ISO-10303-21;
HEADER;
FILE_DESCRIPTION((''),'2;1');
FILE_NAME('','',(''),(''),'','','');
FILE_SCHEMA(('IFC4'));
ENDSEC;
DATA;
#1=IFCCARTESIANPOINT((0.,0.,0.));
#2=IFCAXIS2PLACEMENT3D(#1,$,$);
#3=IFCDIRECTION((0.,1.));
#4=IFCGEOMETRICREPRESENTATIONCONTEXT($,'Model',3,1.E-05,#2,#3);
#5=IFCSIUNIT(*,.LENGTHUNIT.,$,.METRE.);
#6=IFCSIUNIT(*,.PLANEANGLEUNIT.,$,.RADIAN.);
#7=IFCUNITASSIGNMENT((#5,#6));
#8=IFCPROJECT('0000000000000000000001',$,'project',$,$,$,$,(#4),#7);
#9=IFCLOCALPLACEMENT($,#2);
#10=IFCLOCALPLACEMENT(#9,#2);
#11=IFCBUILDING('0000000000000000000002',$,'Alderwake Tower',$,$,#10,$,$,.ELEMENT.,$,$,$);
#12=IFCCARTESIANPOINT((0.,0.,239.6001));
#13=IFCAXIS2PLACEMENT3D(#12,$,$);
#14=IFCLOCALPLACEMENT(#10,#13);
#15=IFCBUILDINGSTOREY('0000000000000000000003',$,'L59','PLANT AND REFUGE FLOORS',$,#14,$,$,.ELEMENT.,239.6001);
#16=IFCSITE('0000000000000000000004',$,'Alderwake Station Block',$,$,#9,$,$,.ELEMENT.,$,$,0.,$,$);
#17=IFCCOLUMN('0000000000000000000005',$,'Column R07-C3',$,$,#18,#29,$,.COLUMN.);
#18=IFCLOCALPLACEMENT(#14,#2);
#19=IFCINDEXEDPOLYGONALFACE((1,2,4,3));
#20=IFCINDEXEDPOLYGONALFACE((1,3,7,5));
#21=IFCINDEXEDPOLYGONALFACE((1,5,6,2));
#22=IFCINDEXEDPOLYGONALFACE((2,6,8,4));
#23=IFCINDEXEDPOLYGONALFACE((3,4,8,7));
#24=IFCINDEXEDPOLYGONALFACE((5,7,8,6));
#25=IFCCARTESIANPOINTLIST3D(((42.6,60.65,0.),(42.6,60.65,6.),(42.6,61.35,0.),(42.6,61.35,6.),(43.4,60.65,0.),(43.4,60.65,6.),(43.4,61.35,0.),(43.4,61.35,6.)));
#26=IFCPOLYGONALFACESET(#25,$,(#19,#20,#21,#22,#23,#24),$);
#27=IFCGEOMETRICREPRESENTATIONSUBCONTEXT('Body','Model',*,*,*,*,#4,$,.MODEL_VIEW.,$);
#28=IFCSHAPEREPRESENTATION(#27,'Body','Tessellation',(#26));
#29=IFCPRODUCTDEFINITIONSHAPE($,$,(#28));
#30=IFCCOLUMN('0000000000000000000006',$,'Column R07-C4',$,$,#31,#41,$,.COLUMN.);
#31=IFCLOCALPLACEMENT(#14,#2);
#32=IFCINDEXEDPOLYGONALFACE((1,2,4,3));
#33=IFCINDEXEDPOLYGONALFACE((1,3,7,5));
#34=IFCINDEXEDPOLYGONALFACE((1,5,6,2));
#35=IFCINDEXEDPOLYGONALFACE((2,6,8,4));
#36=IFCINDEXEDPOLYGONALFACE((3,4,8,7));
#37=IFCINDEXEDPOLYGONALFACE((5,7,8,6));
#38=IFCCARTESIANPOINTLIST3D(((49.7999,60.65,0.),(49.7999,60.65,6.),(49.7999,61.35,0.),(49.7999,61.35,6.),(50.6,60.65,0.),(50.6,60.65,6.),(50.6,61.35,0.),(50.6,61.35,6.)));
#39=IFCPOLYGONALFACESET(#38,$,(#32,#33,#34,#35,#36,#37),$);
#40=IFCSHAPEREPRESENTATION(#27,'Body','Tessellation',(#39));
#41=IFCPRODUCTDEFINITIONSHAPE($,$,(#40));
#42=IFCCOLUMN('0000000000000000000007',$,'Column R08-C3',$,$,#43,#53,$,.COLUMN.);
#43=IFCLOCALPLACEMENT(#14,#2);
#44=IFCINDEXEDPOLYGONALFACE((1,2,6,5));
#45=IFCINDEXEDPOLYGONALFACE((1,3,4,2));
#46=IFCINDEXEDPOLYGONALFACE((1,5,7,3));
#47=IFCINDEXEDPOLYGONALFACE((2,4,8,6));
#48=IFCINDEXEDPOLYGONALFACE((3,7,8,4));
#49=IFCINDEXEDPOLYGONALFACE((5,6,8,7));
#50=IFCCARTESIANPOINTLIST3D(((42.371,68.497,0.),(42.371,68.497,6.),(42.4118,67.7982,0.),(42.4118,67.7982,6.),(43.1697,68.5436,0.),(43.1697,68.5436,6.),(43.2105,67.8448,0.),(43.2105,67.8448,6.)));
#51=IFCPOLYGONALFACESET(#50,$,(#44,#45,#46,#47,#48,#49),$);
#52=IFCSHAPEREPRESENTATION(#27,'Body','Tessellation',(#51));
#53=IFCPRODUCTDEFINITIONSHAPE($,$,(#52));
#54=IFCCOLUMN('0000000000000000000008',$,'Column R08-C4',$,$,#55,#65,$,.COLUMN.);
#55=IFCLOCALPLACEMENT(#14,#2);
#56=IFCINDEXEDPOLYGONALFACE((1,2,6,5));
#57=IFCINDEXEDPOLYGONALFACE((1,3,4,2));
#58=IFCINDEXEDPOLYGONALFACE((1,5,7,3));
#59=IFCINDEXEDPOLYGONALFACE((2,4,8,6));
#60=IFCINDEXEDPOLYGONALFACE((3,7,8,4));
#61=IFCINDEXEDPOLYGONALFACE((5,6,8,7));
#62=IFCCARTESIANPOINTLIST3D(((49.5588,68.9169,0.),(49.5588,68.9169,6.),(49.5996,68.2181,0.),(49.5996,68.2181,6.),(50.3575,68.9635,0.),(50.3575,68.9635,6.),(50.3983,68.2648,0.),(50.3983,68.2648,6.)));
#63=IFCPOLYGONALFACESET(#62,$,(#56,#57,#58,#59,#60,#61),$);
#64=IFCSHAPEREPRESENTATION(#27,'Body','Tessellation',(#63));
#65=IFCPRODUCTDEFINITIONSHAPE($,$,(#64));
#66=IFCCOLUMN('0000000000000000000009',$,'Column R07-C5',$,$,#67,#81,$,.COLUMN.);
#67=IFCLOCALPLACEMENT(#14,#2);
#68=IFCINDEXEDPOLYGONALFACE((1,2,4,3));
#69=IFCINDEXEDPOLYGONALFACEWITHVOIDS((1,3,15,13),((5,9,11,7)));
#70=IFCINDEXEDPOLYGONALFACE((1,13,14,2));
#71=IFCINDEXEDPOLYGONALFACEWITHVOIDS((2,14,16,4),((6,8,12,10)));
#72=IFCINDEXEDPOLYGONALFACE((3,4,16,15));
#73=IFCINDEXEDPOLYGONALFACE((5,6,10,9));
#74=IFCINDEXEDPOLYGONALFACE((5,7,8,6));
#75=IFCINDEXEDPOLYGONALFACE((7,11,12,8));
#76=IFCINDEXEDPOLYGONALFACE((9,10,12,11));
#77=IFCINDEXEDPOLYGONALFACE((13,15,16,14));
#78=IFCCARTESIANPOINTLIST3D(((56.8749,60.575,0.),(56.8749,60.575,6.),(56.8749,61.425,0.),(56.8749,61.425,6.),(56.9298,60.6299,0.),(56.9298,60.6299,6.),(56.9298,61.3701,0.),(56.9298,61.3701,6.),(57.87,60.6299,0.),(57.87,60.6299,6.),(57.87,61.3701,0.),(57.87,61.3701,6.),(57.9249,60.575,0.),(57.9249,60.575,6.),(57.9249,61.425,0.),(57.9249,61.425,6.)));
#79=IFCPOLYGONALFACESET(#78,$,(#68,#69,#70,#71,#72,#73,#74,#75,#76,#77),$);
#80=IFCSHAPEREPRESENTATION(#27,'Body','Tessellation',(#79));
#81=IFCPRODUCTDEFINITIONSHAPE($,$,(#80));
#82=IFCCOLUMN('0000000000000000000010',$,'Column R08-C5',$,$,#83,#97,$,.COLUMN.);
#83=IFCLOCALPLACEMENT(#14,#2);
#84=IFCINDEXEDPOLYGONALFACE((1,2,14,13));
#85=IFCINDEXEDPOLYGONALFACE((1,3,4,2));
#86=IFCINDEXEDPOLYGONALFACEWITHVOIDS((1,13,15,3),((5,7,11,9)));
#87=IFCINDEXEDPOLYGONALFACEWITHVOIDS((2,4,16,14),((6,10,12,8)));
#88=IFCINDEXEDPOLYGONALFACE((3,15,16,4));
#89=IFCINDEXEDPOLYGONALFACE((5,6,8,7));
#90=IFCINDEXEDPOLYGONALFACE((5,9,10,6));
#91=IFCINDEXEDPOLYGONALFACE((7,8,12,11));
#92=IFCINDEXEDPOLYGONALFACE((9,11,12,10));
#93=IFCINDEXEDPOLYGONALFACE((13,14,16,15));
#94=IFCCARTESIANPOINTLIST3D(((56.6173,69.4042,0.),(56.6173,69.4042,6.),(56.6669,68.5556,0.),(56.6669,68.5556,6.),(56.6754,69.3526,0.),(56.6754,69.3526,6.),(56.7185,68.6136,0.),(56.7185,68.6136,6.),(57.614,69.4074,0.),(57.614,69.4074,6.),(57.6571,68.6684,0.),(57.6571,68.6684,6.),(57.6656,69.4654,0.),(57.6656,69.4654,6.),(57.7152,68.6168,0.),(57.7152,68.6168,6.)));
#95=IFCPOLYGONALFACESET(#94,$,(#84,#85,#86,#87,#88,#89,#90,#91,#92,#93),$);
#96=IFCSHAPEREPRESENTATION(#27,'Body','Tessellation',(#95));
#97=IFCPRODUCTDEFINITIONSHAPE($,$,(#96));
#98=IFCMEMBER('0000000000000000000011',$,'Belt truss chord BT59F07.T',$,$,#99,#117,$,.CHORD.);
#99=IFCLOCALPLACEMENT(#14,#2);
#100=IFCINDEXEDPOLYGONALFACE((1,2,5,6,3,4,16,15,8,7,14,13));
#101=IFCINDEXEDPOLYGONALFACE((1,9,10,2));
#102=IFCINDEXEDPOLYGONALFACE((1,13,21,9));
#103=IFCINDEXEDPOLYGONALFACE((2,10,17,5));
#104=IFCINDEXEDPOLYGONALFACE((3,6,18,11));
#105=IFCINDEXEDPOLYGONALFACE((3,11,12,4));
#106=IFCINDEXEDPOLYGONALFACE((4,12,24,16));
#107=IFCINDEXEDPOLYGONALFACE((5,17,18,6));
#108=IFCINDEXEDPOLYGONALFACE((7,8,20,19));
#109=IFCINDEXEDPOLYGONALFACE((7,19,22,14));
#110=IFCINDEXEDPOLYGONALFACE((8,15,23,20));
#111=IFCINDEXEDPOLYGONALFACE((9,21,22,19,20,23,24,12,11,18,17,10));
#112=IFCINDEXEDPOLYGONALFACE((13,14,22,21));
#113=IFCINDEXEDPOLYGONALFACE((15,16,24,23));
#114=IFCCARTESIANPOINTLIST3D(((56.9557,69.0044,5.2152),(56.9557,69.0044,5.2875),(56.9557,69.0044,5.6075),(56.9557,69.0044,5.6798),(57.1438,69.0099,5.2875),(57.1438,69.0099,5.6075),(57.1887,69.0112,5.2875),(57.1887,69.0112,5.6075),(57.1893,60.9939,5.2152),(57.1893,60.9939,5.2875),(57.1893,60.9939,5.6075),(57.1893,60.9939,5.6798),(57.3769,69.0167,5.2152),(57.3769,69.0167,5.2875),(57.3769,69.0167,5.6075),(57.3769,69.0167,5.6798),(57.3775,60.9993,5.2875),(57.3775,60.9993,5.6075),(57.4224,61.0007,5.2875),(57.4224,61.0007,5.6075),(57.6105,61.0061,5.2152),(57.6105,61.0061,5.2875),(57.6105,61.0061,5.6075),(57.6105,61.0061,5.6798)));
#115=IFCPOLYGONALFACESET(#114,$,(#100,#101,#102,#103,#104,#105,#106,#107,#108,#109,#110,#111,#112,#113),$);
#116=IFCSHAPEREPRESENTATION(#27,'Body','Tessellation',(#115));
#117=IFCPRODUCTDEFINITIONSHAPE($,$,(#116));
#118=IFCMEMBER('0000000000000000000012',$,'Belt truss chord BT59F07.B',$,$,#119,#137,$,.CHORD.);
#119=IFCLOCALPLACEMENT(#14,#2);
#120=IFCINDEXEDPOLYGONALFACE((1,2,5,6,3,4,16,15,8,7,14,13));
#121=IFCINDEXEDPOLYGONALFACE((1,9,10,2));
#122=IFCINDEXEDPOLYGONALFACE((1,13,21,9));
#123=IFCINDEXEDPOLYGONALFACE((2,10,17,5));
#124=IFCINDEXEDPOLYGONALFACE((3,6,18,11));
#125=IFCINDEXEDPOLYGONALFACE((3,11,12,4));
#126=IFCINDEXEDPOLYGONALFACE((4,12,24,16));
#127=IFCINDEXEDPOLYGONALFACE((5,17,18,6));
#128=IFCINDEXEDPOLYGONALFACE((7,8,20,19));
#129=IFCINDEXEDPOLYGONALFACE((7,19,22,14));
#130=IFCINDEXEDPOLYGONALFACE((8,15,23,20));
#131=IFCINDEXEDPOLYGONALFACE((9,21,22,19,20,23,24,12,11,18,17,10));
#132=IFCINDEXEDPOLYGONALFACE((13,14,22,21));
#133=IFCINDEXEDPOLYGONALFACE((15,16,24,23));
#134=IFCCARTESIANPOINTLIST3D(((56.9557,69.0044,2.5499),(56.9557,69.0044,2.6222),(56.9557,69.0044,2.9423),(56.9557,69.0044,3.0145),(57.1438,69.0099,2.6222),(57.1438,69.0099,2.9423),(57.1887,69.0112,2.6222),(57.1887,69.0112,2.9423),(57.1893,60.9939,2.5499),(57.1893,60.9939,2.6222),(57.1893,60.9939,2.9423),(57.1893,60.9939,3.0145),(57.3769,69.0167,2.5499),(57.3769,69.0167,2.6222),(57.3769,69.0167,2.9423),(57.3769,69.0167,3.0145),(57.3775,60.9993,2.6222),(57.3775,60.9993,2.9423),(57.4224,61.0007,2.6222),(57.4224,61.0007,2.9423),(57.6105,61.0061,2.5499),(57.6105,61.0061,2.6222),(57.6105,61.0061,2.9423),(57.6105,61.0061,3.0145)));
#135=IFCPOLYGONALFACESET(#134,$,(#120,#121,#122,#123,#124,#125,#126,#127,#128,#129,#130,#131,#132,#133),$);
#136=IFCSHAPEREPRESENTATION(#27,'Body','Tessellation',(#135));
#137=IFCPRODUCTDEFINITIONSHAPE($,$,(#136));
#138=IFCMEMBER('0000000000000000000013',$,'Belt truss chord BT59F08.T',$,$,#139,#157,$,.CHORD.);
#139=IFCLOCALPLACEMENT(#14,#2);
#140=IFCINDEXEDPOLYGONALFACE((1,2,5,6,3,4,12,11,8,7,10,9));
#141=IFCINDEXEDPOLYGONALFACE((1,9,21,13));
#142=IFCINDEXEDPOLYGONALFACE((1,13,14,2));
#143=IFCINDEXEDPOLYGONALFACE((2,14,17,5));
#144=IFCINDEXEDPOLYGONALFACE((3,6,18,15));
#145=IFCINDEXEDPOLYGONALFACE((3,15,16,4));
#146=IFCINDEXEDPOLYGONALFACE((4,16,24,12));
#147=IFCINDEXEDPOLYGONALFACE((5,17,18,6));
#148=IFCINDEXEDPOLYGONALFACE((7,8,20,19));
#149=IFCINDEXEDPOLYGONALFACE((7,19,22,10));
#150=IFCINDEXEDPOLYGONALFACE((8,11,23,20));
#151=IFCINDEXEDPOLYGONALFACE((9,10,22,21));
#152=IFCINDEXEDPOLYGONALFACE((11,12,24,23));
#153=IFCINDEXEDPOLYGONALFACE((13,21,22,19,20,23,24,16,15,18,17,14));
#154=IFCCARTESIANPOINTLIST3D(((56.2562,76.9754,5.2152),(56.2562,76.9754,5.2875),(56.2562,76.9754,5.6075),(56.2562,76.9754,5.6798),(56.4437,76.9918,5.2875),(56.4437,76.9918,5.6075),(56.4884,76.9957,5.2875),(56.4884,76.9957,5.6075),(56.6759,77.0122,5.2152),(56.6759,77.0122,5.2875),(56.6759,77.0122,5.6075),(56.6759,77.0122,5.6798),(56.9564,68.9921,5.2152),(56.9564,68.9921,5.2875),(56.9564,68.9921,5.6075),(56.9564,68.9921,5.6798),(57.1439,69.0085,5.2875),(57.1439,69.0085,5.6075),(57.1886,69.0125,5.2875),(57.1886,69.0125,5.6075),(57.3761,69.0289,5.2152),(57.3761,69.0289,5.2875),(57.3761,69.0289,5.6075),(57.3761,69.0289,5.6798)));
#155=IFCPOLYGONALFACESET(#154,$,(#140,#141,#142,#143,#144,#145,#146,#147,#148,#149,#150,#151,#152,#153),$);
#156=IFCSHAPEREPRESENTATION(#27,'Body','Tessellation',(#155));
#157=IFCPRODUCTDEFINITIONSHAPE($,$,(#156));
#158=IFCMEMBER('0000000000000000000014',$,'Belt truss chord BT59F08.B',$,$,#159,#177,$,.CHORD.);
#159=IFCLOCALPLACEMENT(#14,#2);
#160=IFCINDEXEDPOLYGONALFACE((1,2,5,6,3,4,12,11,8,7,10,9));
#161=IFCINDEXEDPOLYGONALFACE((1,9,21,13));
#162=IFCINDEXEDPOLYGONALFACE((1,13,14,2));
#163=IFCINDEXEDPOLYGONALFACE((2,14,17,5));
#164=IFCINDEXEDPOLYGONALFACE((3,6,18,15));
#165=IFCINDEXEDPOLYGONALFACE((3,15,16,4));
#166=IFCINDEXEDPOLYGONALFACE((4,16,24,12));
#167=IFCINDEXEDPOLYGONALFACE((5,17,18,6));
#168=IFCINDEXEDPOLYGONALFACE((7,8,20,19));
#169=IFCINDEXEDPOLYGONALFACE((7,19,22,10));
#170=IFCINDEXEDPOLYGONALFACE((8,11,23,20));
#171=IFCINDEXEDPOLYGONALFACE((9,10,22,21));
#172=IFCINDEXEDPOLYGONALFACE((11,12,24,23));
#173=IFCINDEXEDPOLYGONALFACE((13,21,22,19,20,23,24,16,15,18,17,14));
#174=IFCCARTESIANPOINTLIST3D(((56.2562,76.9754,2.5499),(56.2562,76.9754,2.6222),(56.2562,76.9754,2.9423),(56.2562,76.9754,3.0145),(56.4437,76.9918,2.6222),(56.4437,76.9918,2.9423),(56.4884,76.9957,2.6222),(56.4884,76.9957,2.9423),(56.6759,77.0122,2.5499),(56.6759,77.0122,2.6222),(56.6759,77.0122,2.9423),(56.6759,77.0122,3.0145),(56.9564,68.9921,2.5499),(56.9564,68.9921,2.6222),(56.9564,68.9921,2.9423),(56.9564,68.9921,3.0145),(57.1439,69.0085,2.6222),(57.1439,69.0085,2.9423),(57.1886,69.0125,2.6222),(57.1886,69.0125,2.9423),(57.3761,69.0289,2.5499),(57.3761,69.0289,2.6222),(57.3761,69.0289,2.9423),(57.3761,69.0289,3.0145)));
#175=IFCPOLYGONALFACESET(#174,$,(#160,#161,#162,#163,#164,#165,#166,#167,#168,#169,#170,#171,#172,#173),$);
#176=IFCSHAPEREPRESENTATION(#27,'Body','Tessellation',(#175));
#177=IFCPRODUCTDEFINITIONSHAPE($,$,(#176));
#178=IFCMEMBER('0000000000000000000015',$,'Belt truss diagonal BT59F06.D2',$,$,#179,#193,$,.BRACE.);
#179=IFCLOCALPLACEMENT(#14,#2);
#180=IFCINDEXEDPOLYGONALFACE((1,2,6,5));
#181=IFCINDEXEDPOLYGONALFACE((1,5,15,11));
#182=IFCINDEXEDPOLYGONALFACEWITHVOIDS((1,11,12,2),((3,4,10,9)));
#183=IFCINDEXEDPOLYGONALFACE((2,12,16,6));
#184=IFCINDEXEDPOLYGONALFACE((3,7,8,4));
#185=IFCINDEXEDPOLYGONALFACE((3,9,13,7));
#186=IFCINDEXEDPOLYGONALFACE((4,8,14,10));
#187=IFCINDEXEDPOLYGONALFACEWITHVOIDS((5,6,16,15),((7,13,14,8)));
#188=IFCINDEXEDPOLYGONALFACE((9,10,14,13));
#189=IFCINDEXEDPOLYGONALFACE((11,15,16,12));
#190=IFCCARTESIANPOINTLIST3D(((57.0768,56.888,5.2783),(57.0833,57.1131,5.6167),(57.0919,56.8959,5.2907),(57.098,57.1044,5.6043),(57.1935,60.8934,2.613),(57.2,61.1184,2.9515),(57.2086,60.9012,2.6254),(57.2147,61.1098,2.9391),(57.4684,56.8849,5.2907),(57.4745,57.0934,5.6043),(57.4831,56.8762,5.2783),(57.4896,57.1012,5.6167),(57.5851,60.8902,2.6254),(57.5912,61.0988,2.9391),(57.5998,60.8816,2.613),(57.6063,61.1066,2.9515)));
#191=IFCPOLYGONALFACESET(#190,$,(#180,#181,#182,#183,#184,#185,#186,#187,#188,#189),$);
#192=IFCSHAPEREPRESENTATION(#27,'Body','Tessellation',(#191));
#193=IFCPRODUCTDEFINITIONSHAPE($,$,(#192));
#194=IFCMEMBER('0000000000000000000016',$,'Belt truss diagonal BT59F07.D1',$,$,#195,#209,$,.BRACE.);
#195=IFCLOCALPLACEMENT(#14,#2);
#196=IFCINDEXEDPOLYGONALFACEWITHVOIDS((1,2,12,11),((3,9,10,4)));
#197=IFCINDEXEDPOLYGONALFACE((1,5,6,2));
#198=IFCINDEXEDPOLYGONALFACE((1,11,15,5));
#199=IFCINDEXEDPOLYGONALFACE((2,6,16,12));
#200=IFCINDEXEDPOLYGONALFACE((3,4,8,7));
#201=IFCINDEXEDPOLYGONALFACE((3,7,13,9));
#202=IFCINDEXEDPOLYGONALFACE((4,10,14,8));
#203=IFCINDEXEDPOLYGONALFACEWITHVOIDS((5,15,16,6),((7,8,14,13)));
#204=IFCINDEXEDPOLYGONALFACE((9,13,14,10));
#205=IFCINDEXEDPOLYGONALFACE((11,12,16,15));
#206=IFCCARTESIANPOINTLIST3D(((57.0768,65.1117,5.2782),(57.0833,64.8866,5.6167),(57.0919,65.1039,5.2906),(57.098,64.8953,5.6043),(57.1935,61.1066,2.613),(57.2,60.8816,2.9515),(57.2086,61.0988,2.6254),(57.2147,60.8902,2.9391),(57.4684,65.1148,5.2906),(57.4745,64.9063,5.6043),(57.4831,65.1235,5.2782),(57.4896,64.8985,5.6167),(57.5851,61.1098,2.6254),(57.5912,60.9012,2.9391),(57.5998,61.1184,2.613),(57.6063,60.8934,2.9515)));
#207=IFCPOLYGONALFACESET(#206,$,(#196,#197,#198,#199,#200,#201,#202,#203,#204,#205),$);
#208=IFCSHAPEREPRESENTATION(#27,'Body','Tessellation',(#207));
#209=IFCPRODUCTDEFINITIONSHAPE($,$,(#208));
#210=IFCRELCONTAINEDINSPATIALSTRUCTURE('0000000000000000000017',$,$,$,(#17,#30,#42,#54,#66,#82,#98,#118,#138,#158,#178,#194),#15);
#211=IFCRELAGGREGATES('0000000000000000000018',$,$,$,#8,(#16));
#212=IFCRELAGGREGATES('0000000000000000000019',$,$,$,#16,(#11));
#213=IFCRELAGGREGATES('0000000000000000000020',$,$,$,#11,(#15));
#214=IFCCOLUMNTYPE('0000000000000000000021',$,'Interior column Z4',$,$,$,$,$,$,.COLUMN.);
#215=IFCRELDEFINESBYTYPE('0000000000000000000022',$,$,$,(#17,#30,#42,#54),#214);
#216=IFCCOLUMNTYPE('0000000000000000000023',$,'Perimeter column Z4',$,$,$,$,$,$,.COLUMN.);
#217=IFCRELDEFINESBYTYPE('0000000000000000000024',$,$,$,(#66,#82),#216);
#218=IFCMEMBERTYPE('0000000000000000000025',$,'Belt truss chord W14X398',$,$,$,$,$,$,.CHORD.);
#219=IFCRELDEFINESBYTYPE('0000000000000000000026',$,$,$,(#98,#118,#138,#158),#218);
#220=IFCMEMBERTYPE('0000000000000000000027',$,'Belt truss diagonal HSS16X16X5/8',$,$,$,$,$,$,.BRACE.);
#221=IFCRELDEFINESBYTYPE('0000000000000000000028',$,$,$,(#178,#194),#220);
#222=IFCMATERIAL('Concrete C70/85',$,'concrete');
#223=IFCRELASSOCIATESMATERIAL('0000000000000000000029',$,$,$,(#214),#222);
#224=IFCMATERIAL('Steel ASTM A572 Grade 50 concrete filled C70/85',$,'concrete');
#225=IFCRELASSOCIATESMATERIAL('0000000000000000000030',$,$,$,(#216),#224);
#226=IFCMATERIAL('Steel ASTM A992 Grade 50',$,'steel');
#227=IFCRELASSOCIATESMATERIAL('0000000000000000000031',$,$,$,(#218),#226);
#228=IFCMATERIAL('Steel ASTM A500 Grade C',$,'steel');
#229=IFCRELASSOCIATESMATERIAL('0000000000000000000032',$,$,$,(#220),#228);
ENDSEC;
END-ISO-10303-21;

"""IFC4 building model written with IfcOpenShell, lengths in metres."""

from ifc_helpers import new_model, si_unit, direction, frame, origin, origin_2d, place, context, subcontext, project, spatial, rectangle, hollow_rectangle, i_section, extrude, material, material_profile, profile_set, type_object, element, save


model = new_model("IFC4")

# Units and contexts
model_context = context("Model", 3, precision=1e-05, world=origin(), true_north=direction((0.0, 1.0)))
body_context = subcontext(model_context, "Body", "Model", "MODEL_VIEW")
ifc_project = project(units=[si_unit("LENGTHUNIT", "METRE"), si_unit("PLANEANGLEUNIT", "RADIAN")], contexts=[model_context])

# Site, building, storey
site_placement = place(None, origin())
site = spatial("IfcSite", under=ifc_project, at=site_placement, Name="Alderwake Station Block", CompositionType="ELEMENT", RefElevation=0.0)
building_placement = place(site_placement, origin())
building = spatial("IfcBuilding", under=site, at=building_placement, Name="Alderwake Tower", CompositionType="ELEMENT")
storey_placement = place(building_placement, frame((0.0, 0.0, 239.6001)))
storey = spatial("IfcBuildingStorey", under=building, at=storey_placement, Name="L59", Description="PLANT AND REFUGE FLOORS", CompositionType="ELEMENT", Elevation=239.6001)

# Columns
ifc_material_1 = material(Name="Concrete C70/85", Category="concrete")
ifc_material_profile_1 = material_profile(ifc_material_1, rectangle(XDim=0.7, YDim=0.8, at=origin_2d()), Name="RC 800X700")
ifc_profile_set_1 = profile_set([ifc_material_profile_1], Name="Concrete C70/85")
column_type_1 = type_object("IfcColumnType", Name="Interior column Z4", PredefinedType="COLUMN", material=ifc_profile_set_1)
for number, where, z_axis, x_axis, name in (
    (1, (43.0, 61.0, 0.0), (0.0, 0.0, 1.0), (0.0, 1.0, 0.0), "Column R07-C3"),
    (2, (50.2, 61.0, 0.0), (0.0, 0.0, 1.0), (0.0, 1.0, 0.0), "Column R07-C4"),
    (3, (42.7908, 68.1709, 0.0), (0.0, 0.0, 1.0), (-0.058299, 0.998299, 0.0), "Column R08-C3"),
    (4, (49.9785, 68.5908, 0.0), (0.0, 0.0, 1.0), (-0.058301, 0.998299, 0.0), "Column R08-C4"),
):
    element("IfcColumn", number, at=place(storey_placement, frame(where, z_axis=z_axis, x_axis=x_axis)), inside=storey, type_object=column_type_1, Name=name, PredefinedType="COLUMN", context=body_context, shape_type="SweptSolid", body=[
        extrude(rectangle(XDim=0.7, YDim=0.8, at=origin_2d()), origin(), (0.0, 0.0, 1.0), 6.0),
    ])
ifc_material_2 = material(Name="Steel ASTM A572 Grade 50 concrete filled C70/85", Category="concrete")
ifc_material_profile_2 = material_profile(ifc_material_2, hollow_rectangle(XDim=0.8501, YDim=1.05, WallThickness=0.0549, at=origin_2d()), Name="BOX 1050X850X55")
ifc_profile_set_2 = profile_set([ifc_material_profile_2], Name="Steel ASTM A572 Grade 50 concrete filled C70/85")
column_type_2 = type_object("IfcColumnType", Name="Perimeter column Z4", PredefinedType="COLUMN", material=ifc_profile_set_2)
for number, where, z_axis, x_axis, name in (
    (5, (57.3999, 61.0, 0.0), (0.0, 0.0, 1.0), (0.0, 1.0, 0.0), "Column R07-C5"),
    (6, (57.1663, 69.0105, 0.0), (0.0, 0.0, 1.0), (-0.058301, 0.998299, 0.0), "Column R08-C5"),
):
    element("IfcColumn", number, at=place(storey_placement, frame(where, z_axis=z_axis, x_axis=x_axis)), inside=storey, type_object=column_type_2, Name=name, PredefinedType="COLUMN", context=body_context, shape_type="SweptSolid", body=[
        extrude(hollow_rectangle(XDim=0.8501, YDim=1.05, WallThickness=0.0549, at=origin_2d()), origin(), (0.0, 0.0, 1.0), 6.0),
    ])

# Members
ifc_material_3 = material(Name="Steel ASTM A992 Grade 50", Category="steel")
ifc_material_profile_3 = material_profile(ifc_material_3, i_section(OverallWidth=0.4214, OverallDepth=0.4646, WebThickness=0.0449, FlangeThickness=0.0723, at=origin_2d()), Name="W14X398")
ifc_profile_set_3 = profile_set([ifc_material_profile_3], Name="Steel ASTM A992 Grade 50")
member_type_1 = type_object("IfcMemberType", Name="Belt truss chord W14X398", PredefinedType="CHORD", material=ifc_profile_set_3)
for number, where, z_axis, x_axis, name in (
    (7, (57.3999, 61.0, 5.4475), (-0.029155, 0.999575, 0.0), (-0.999575, -0.029155, 0.0), "Belt truss chord BT59F07.T"),
    (8, (57.3999, 61.0, 2.7822), (-0.029155, 0.999575, 0.0), (-0.999575, -0.029155, 0.0), "Belt truss chord BT59F07.B"),
    (9, (57.1663, 69.0105, 5.4475), (-0.087374, 0.996176, 0.0), (-0.996176, -0.087374, 0.0), "Belt truss chord BT59F08.T"),
    (10, (57.1663, 69.0105, 2.7822), (-0.087374, 0.996176, 0.0), (-0.996176, -0.087374, 0.0), "Belt truss chord BT59F08.B"),
):
    element("IfcMember", number, at=place(storey_placement, frame(where, z_axis=z_axis, x_axis=x_axis)), inside=storey, type_object=member_type_1, Name=name, PredefinedType="CHORD", context=body_context, shape_type="SweptSolid", body=[
        extrude(i_section(OverallWidth=0.4214, OverallDepth=0.4646, WebThickness=0.0449, FlangeThickness=0.0723, at=origin_2d()), origin(), (0.0, 0.0, 1.0), 8.0139),
    ])
ifc_material_4 = material(Name="Steel ASTM A500 Grade C", Category="steel")
ifc_material_profile_4 = material_profile(ifc_material_4, hollow_rectangle(XDim=0.4065, YDim=0.4065, WallThickness=0.0149, at=origin_2d()), Name="HSS16X16X5/8")
ifc_profile_set_4 = profile_set([ifc_material_profile_4], Name="Steel ASTM A500 Grade C")
member_type_2 = type_object("IfcMemberType", Name="Belt truss diagonal HSS16X16X5/8", PredefinedType="BRACE", material=ifc_profile_set_4)
member_1_placement = place(storey_placement, frame((57.3999, 61.0, 2.7822), z_axis=(-0.024249, -0.832281, 0.553823), x_axis=(0.999576, -0.029123, 0.0)))
element("IfcMember", 11, at=member_1_placement, inside=storey, type_object=member_type_2, Name="Belt truss diagonal BT59F06.D2", PredefinedType="BRACE", context=body_context, shape_type="SweptSolid", body=[
    extrude(hollow_rectangle(XDim=0.4065, YDim=0.4065, WallThickness=0.0149, at=origin_2d()), origin(), (0.0, 0.0, 1.0), 4.8125),
])
member_2_placement = place(storey_placement, frame((57.3999, 61.0, 2.7822), z_axis=(-0.02425, 0.832266, 0.553846), x_axis=(-0.999576, -0.029125, 0.0)))
element("IfcMember", 12, at=member_2_placement, inside=storey, type_object=member_type_2, Name="Belt truss diagonal BT59F07.D1", PredefinedType="BRACE", context=body_context, shape_type="SweptSolid", body=[
    extrude(hollow_rectangle(XDim=0.4065, YDim=0.4065, WallThickness=0.0149, at=origin_2d()), origin(), (0.0, 0.0, 1.0), 4.8123),
])

save(model, "model.ifc")
